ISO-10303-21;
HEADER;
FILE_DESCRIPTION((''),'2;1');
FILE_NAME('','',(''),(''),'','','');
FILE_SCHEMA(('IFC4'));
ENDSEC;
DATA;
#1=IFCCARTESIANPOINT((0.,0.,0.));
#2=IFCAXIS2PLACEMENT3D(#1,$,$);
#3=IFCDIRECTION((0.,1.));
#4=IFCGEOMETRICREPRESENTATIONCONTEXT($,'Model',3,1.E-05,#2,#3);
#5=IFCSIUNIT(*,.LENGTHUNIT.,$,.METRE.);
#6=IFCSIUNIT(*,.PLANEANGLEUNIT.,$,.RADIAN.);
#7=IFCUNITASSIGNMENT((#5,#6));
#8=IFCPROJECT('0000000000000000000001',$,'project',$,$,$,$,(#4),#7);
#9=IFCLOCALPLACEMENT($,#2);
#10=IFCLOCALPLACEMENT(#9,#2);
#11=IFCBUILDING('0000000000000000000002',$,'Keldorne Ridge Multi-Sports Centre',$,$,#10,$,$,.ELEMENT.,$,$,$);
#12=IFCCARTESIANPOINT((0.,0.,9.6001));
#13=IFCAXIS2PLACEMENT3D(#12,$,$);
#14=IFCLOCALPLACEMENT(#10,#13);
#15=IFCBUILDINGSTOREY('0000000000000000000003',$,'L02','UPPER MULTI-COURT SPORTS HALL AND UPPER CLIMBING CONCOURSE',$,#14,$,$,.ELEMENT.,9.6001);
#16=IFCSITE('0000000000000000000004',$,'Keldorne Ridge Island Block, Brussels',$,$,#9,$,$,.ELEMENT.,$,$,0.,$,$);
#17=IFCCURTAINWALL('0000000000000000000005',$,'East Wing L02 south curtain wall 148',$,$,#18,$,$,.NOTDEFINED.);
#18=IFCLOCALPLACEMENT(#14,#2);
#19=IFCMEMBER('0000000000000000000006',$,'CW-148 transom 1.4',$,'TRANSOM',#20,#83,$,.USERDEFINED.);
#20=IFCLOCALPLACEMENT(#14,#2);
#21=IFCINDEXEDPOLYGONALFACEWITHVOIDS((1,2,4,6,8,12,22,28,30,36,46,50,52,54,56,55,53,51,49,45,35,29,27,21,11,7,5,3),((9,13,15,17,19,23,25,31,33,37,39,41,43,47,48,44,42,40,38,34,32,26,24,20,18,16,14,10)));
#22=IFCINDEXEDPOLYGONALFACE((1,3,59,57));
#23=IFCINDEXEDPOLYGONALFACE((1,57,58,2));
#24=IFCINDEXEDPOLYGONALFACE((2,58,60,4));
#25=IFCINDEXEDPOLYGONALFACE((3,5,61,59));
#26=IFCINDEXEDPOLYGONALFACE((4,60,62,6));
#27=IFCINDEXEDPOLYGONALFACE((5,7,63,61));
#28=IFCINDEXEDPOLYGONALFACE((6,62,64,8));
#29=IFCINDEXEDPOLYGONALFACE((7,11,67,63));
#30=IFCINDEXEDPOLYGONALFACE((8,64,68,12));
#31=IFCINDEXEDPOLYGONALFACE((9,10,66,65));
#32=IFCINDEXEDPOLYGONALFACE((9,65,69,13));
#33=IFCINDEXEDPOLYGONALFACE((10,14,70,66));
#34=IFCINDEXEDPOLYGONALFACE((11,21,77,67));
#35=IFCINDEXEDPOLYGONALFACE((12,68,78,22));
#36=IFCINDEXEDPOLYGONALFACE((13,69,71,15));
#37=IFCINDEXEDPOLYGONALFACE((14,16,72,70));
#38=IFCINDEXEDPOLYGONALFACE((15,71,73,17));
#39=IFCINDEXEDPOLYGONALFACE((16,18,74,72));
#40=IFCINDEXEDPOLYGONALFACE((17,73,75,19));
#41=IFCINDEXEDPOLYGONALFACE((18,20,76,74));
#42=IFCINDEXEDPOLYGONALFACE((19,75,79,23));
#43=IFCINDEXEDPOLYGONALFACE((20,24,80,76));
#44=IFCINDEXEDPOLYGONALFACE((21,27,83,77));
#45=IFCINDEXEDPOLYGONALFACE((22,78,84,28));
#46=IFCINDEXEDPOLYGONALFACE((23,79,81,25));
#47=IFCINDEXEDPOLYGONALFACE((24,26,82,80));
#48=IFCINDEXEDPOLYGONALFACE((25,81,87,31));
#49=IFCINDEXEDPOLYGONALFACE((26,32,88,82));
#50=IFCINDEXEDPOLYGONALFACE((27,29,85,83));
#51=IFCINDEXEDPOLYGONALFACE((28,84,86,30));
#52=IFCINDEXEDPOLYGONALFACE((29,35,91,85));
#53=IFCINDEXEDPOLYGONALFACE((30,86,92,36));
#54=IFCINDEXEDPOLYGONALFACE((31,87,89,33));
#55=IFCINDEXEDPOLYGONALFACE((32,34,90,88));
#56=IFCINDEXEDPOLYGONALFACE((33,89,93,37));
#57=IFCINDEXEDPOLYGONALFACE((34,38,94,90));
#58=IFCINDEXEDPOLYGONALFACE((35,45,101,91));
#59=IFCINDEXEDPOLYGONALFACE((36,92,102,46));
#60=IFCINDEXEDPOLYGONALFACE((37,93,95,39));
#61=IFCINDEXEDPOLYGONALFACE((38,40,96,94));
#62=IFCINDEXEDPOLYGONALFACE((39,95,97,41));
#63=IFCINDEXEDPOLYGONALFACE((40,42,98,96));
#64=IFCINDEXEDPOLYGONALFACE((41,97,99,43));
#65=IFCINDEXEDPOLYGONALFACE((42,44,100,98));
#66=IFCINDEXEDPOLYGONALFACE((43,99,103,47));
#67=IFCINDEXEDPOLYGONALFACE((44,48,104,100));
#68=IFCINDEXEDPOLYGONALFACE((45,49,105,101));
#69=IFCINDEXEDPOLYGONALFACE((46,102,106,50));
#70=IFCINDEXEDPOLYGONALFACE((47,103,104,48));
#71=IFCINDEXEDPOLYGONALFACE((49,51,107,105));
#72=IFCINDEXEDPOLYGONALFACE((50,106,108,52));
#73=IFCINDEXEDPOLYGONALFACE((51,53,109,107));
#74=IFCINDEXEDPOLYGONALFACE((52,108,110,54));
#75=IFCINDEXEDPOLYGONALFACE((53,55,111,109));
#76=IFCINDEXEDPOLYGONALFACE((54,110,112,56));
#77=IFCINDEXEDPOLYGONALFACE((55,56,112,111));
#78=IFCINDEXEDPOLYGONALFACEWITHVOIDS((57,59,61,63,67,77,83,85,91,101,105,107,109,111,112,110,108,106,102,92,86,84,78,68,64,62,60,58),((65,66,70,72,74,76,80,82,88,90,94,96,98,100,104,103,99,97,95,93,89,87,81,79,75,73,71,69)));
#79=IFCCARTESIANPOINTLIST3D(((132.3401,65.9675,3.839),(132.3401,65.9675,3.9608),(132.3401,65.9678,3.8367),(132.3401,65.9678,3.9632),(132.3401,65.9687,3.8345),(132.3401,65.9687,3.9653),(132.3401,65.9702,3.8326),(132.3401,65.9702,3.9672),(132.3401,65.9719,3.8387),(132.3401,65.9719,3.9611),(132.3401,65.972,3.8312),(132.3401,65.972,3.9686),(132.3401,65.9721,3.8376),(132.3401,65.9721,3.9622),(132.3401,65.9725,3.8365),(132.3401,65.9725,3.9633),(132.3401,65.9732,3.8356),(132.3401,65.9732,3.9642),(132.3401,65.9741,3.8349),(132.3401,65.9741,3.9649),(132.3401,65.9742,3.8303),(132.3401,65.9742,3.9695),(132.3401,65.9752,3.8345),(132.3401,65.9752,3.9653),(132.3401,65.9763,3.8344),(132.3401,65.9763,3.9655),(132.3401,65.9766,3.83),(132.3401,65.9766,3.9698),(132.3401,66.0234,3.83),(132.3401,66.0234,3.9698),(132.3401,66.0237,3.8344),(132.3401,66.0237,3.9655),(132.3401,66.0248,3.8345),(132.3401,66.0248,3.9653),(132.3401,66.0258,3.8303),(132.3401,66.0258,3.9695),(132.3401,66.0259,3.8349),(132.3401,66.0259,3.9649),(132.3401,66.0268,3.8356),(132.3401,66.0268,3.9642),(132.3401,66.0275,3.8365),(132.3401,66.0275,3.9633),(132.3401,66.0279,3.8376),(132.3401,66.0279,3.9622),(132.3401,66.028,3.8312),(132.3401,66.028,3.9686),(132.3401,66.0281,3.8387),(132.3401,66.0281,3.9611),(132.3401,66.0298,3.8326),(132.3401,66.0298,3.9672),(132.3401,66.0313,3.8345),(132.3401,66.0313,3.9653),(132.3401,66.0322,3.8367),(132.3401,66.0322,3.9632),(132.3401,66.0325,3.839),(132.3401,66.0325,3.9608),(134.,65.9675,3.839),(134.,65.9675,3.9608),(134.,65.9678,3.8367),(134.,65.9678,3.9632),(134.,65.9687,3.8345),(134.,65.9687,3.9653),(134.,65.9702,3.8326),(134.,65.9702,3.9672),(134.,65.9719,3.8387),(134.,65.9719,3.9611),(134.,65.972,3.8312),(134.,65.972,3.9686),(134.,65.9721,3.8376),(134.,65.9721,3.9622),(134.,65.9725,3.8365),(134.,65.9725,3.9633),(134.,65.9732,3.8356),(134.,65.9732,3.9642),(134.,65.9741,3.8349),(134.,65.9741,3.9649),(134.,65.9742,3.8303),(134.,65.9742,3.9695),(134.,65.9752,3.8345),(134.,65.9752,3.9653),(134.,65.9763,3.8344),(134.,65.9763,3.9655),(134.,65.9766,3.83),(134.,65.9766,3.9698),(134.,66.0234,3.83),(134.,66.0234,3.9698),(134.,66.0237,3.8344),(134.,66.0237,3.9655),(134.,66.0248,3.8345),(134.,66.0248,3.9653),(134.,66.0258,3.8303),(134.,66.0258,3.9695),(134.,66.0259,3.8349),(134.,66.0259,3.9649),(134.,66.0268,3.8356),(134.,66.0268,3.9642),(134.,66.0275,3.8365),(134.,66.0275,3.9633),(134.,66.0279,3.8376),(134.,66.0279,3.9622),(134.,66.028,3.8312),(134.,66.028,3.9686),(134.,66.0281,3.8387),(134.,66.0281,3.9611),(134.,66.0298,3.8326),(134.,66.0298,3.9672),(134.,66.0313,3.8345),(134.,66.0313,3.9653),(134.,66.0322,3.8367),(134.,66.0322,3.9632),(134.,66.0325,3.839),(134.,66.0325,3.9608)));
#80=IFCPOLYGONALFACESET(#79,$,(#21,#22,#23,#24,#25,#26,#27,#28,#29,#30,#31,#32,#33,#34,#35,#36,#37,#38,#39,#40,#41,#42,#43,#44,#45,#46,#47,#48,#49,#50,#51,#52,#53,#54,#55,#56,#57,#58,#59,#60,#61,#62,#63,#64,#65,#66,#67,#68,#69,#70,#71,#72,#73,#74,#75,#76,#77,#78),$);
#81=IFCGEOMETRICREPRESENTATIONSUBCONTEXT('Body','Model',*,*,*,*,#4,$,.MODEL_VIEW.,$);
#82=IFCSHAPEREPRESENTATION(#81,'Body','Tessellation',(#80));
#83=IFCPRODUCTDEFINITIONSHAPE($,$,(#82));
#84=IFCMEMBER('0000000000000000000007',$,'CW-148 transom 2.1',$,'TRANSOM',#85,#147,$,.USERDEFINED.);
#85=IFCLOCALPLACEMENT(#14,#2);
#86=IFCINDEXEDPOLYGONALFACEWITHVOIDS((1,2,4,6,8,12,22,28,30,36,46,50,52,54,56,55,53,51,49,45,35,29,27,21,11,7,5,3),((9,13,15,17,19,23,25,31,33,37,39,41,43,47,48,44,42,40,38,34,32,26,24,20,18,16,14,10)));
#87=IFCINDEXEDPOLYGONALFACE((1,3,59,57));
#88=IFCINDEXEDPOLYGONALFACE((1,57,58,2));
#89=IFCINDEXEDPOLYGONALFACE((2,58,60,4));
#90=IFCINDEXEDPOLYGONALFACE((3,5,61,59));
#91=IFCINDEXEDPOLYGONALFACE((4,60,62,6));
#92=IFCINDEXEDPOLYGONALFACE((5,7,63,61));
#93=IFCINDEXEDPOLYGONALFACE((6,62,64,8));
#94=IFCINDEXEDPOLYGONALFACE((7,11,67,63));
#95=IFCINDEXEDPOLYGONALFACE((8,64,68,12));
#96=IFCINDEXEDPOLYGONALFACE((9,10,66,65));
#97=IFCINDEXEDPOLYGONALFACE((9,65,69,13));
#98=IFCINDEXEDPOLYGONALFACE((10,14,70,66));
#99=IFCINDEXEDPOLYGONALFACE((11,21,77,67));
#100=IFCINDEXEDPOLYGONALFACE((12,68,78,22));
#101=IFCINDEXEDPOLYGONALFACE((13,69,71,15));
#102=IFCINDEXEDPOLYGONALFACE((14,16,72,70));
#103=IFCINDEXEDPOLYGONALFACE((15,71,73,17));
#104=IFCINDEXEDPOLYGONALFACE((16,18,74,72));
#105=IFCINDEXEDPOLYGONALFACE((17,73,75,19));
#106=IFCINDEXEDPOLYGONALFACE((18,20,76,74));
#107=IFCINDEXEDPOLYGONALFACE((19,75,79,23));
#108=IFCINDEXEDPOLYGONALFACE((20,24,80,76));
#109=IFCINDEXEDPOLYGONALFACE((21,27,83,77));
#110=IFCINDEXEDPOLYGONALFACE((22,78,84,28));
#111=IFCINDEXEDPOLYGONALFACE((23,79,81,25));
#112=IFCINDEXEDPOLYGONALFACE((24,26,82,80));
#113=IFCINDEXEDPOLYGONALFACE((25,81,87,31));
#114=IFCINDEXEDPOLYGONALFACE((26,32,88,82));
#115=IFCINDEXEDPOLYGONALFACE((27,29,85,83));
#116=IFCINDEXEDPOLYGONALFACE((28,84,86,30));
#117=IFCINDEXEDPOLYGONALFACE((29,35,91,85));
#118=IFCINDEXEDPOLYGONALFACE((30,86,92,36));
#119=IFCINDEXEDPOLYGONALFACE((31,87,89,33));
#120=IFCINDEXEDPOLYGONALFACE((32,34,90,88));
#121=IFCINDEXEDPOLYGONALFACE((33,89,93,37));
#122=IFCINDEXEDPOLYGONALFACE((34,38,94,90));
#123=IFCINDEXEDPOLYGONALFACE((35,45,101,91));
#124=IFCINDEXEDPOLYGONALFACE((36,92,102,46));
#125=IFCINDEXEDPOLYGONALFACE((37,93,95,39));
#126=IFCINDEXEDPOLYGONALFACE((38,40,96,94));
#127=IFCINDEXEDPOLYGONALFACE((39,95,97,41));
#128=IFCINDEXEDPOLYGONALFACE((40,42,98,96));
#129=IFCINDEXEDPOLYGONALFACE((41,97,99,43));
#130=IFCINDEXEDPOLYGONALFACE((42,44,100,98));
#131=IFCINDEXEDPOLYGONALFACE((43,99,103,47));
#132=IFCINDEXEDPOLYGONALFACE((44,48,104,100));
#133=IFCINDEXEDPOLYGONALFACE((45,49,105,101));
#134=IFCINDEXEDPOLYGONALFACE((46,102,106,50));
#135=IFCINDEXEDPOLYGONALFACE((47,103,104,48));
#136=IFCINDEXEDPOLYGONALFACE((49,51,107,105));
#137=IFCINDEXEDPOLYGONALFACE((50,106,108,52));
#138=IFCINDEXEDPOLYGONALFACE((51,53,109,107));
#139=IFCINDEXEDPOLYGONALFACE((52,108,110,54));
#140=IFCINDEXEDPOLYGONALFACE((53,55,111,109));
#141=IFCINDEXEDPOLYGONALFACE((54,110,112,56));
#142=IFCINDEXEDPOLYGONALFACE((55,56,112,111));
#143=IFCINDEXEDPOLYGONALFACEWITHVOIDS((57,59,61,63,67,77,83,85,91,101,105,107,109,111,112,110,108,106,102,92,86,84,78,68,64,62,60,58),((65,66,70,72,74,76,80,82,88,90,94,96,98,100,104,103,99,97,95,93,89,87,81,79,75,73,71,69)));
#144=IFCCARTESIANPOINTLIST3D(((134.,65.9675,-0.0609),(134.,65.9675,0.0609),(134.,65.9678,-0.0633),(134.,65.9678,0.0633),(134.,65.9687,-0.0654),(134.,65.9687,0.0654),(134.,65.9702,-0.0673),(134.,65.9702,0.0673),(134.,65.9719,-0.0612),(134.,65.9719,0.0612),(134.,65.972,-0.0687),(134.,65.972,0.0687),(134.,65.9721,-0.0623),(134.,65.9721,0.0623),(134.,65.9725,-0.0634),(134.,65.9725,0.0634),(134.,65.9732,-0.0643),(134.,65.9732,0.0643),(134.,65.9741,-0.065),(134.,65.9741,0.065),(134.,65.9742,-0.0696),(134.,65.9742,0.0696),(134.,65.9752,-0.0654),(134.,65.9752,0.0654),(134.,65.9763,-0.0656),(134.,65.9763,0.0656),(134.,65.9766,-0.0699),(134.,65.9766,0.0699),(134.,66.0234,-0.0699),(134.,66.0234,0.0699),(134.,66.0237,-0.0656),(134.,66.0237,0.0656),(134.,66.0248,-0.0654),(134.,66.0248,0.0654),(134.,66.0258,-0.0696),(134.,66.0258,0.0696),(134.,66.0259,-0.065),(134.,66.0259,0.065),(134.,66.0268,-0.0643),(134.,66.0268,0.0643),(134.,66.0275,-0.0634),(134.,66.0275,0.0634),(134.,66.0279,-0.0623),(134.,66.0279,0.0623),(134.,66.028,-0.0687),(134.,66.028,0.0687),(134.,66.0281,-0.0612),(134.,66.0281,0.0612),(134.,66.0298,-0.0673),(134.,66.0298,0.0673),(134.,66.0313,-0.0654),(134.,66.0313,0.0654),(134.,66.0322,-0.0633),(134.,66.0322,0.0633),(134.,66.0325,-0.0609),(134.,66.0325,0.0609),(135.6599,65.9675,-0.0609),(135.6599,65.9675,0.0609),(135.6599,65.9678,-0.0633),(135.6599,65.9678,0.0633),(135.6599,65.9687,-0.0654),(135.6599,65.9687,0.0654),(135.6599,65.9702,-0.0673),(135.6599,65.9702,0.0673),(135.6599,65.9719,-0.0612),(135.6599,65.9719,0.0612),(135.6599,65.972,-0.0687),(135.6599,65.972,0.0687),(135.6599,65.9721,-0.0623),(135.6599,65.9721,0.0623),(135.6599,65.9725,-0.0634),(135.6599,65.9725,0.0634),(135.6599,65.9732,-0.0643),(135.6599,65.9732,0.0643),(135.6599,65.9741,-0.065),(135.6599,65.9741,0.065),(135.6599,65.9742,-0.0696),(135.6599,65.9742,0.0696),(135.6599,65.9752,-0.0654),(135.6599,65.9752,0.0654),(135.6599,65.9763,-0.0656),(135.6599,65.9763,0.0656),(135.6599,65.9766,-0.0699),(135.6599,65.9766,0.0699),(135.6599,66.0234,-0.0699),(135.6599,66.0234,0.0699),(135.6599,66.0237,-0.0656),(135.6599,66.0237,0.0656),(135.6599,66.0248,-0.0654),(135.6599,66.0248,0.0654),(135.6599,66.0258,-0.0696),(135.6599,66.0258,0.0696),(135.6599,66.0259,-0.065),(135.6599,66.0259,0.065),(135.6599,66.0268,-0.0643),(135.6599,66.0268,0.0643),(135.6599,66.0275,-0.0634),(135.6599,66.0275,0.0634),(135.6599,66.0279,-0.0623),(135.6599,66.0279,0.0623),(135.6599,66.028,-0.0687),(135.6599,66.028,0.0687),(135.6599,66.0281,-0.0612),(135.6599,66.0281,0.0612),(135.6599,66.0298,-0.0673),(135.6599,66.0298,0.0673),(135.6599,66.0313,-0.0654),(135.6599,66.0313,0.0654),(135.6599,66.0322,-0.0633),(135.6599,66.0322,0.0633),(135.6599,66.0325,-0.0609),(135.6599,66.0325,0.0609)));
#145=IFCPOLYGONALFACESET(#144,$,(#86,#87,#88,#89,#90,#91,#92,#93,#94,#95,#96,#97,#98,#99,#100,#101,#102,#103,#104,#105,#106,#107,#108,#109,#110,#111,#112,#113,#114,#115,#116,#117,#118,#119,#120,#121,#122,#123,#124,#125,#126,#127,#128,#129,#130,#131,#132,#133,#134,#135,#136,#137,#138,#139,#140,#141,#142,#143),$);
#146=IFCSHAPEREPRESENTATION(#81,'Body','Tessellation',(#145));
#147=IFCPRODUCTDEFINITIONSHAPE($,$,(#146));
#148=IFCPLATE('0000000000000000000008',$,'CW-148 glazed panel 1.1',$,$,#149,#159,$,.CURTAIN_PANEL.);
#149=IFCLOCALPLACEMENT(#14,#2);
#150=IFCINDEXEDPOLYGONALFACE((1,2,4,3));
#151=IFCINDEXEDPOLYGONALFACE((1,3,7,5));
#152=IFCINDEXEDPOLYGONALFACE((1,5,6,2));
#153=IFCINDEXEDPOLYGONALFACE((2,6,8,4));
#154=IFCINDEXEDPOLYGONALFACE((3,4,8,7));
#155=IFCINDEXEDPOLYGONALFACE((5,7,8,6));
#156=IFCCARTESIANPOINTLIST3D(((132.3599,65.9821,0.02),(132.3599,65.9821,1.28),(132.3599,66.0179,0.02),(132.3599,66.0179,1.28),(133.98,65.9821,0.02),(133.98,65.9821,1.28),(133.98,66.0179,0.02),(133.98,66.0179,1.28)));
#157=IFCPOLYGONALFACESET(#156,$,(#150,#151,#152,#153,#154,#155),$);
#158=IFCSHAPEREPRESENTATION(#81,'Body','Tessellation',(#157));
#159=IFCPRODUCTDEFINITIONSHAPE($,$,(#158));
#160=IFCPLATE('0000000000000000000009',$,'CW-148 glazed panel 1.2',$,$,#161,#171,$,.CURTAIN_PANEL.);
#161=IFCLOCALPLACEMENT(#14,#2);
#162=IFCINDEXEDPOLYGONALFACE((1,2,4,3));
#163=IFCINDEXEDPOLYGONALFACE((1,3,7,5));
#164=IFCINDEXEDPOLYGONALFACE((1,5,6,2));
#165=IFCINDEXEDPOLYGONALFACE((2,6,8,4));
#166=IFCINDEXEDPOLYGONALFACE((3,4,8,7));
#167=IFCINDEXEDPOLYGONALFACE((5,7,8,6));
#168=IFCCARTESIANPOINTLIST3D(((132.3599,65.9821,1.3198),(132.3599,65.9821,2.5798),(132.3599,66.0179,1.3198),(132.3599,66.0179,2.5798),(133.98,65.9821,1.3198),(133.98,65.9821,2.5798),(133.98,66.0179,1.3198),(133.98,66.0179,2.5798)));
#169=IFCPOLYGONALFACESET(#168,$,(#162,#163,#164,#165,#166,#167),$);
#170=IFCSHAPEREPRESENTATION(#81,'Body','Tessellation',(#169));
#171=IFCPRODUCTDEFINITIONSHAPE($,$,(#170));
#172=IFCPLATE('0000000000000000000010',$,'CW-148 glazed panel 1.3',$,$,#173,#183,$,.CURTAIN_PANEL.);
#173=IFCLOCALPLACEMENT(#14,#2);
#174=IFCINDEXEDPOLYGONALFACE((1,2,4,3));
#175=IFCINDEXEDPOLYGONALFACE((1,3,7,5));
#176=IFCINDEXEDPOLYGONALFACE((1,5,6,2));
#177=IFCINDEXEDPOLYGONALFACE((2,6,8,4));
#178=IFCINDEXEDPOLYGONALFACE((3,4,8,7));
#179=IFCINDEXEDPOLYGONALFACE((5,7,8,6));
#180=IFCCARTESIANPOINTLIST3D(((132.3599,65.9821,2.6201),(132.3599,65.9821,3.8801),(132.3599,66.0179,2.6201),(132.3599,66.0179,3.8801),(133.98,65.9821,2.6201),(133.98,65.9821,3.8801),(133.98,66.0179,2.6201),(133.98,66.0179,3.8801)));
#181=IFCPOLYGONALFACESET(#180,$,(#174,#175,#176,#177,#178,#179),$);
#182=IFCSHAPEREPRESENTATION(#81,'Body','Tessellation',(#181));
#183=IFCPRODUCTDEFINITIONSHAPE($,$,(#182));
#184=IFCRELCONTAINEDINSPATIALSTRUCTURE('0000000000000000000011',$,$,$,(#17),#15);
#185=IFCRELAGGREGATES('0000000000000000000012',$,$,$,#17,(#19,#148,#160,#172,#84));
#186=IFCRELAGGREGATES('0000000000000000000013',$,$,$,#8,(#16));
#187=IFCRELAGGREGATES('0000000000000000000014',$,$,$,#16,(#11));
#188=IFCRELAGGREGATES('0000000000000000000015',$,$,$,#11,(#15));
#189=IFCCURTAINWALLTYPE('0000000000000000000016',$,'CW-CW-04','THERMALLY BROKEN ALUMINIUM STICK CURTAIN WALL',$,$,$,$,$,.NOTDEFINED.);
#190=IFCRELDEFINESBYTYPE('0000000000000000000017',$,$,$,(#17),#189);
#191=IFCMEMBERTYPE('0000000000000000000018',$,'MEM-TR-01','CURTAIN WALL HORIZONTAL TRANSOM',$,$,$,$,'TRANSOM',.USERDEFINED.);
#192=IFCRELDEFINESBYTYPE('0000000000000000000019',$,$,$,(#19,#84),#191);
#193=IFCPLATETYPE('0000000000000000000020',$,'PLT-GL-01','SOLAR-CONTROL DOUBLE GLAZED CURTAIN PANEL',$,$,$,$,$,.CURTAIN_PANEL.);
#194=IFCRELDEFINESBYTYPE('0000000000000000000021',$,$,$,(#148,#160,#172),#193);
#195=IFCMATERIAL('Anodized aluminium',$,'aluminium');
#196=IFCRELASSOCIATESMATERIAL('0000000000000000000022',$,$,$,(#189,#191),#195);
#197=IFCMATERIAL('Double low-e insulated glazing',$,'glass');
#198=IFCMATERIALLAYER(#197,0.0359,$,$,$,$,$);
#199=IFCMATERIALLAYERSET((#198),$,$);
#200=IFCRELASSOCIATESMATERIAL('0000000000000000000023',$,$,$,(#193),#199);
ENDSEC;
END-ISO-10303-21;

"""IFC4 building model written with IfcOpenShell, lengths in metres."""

from ifc_helpers import new_model, si_unit, direction, frame, origin, origin_2d, place, context, subcontext, project, spatial, rectangle, hollow_rectangle, extrude, material, layer, layer_set, material_profile, profile_set, type_object, element, aggregate, save


model = new_model("IFC4")

# Units and contexts
model_context = context("Model", 3, precision=1e-05, world=origin(), true_north=direction((0.0, 1.0)))
body_context = subcontext(model_context, "Body", "Model", "MODEL_VIEW")
ifc_project = project(units=[si_unit("LENGTHUNIT", "METRE"), si_unit("PLANEANGLEUNIT", "RADIAN")], contexts=[model_context])

# Site, building, storey
site_placement = place(None, origin())
site = spatial("IfcSite", under=ifc_project, at=site_placement, Name="Keldorne Ridge Island Block, Brussels", CompositionType="ELEMENT", RefElevation=0.0)
building_placement = place(site_placement, origin())
building = spatial("IfcBuilding", under=site, at=building_placement, Name="Keldorne Ridge Multi-Sports Centre", CompositionType="ELEMENT")
storey_placement = place(building_placement, frame((0.0, 0.0, 9.6001)))
storey = spatial("IfcBuildingStorey", under=building, at=storey_placement, Name="L02", Description="UPPER MULTI-COURT SPORTS HALL AND UPPER CLIMBING CONCOURSE", CompositionType="ELEMENT", Elevation=9.6001)

# Curtain wall, members, plates
ifc_material_1 = material(Name="Anodized aluminium", Category="aluminium")
curtain_wall_type = type_object("IfcCurtainWallType", Name="CW-CW-04", Description="THERMALLY BROKEN ALUMINIUM STICK CURTAIN WALL", PredefinedType="NOTDEFINED", material=ifc_material_1)
curtain_wall_placement = place(storey_placement, origin())
curtain_wall = element("IfcCurtainWall", 1, at=curtain_wall_placement, inside=storey, type_object=curtain_wall_type, Name="East Wing L02 south curtain wall 148", PredefinedType="NOTDEFINED")
ifc_material_profile_1 = material_profile(ifc_material_1, hollow_rectangle(XDim=0.0649, YDim=0.1399, WallThickness=0.0044, InnerFilletRadius=0.0044, OuterFilletRadius=0.009, at=origin_2d()), Name="ALU TRANSOM 140x65x4.5")
ifc_profile_set_1 = profile_set([ifc_material_profile_1], Name="Anodized aluminium")
member_type_1 = type_object("IfcMemberType", Name="MEM-TR-01", Description="CURTAIN WALL HORIZONTAL TRANSOM", ElementType="TRANSOM", PredefinedType="USERDEFINED", material=ifc_profile_set_1)
member_1_placement = place(storey_placement, frame((132.3401, 66.0, 3.8999), z_axis=(1.0, 0.0, 0.0), x_axis=(0.0, 1.0, 0.0)))
member_1 = element("IfcMember", 2, at=member_1_placement, type_object=member_type_1, Name="CW-148 transom 1.4", ObjectType="TRANSOM", PredefinedType="USERDEFINED", context=body_context, shape_type="SweptSolid", body=[
    extrude(hollow_rectangle(XDim=0.0649, YDim=0.1399, WallThickness=0.0044, InnerFilletRadius=0.0044, OuterFilletRadius=0.009, at=origin_2d()), origin(), (0.0, 0.0, 1.0), 1.6599),
])
member_2_placement = place(storey_placement, frame((134.0, 66.0, 0.0), z_axis=(1.0, 0.0, 0.0), x_axis=(0.0, 1.0, 0.0)))
member_2 = element("IfcMember", 3, at=member_2_placement, type_object=member_type_1, Name="CW-148 transom 2.1", ObjectType="TRANSOM", PredefinedType="USERDEFINED", context=body_context, shape_type="SweptSolid", body=[
    extrude(hollow_rectangle(XDim=0.0649, YDim=0.1399, WallThickness=0.0044, InnerFilletRadius=0.0044, OuterFilletRadius=0.009, at=origin_2d()), origin(), (0.0, 0.0, 1.0), 1.6599),
])
ifc_material_2 = material(Name="Double low-e insulated glazing", Category="glass")
ifc_layer_1 = layer(ifc_material_2, 0.0359)
ifc_layer_set_1 = layer_set([ifc_layer_1])
plate_type = type_object("IfcPlateType", Name="PLT-GL-01", Description="SOLAR-CONTROL DOUBLE GLAZED CURTAIN PANEL", PredefinedType="CURTAIN_PANEL", material=ifc_layer_set_1)
plate_1_placement = place(storey_placement, frame((133.1699, 66.0, 0.02), z_axis=(0.0, 0.0, 1.0), x_axis=(1.0, 0.0, 0.0)))
plate_1 = element("IfcPlate", 4, at=plate_1_placement, type_object=plate_type, Name="CW-148 glazed panel 1.1", PredefinedType="CURTAIN_PANEL", context=body_context, shape_type="SweptSolid", body=[
    extrude(rectangle(XDim=1.6201, YDim=0.0359, at=origin_2d()), origin(), (0.0, 0.0, 1.0), 1.26),
])
plate_2_placement = place(storey_placement, frame((133.1699, 66.0, 1.3198), z_axis=(0.0, 0.0, 1.0), x_axis=(1.0, 0.0, 0.0)))
plate_2 = element("IfcPlate", 5, at=plate_2_placement, type_object=plate_type, Name="CW-148 glazed panel 1.2", PredefinedType="CURTAIN_PANEL", context=body_context, shape_type="SweptSolid", body=[
    extrude(rectangle(XDim=1.6201, YDim=0.0359, at=origin_2d()), origin(), (0.0, 0.0, 1.0), 1.26),
])
plate_3_placement = place(storey_placement, frame((133.1699, 66.0, 2.6201), z_axis=(0.0, 0.0, 1.0), x_axis=(1.0, 0.0, 0.0)))
plate_3 = element("IfcPlate", 6, at=plate_3_placement, type_object=plate_type, Name="CW-148 glazed panel 1.3", PredefinedType="CURTAIN_PANEL", context=body_context, shape_type="SweptSolid", body=[
    extrude(rectangle(XDim=1.6201, YDim=0.0359, at=origin_2d()), origin(), (0.0, 0.0, 1.0), 1.26),
])
aggregate(curtain_wall, [member_1, plate_1, plate_2, plate_3, member_2])

save(model, "model.ifc")
